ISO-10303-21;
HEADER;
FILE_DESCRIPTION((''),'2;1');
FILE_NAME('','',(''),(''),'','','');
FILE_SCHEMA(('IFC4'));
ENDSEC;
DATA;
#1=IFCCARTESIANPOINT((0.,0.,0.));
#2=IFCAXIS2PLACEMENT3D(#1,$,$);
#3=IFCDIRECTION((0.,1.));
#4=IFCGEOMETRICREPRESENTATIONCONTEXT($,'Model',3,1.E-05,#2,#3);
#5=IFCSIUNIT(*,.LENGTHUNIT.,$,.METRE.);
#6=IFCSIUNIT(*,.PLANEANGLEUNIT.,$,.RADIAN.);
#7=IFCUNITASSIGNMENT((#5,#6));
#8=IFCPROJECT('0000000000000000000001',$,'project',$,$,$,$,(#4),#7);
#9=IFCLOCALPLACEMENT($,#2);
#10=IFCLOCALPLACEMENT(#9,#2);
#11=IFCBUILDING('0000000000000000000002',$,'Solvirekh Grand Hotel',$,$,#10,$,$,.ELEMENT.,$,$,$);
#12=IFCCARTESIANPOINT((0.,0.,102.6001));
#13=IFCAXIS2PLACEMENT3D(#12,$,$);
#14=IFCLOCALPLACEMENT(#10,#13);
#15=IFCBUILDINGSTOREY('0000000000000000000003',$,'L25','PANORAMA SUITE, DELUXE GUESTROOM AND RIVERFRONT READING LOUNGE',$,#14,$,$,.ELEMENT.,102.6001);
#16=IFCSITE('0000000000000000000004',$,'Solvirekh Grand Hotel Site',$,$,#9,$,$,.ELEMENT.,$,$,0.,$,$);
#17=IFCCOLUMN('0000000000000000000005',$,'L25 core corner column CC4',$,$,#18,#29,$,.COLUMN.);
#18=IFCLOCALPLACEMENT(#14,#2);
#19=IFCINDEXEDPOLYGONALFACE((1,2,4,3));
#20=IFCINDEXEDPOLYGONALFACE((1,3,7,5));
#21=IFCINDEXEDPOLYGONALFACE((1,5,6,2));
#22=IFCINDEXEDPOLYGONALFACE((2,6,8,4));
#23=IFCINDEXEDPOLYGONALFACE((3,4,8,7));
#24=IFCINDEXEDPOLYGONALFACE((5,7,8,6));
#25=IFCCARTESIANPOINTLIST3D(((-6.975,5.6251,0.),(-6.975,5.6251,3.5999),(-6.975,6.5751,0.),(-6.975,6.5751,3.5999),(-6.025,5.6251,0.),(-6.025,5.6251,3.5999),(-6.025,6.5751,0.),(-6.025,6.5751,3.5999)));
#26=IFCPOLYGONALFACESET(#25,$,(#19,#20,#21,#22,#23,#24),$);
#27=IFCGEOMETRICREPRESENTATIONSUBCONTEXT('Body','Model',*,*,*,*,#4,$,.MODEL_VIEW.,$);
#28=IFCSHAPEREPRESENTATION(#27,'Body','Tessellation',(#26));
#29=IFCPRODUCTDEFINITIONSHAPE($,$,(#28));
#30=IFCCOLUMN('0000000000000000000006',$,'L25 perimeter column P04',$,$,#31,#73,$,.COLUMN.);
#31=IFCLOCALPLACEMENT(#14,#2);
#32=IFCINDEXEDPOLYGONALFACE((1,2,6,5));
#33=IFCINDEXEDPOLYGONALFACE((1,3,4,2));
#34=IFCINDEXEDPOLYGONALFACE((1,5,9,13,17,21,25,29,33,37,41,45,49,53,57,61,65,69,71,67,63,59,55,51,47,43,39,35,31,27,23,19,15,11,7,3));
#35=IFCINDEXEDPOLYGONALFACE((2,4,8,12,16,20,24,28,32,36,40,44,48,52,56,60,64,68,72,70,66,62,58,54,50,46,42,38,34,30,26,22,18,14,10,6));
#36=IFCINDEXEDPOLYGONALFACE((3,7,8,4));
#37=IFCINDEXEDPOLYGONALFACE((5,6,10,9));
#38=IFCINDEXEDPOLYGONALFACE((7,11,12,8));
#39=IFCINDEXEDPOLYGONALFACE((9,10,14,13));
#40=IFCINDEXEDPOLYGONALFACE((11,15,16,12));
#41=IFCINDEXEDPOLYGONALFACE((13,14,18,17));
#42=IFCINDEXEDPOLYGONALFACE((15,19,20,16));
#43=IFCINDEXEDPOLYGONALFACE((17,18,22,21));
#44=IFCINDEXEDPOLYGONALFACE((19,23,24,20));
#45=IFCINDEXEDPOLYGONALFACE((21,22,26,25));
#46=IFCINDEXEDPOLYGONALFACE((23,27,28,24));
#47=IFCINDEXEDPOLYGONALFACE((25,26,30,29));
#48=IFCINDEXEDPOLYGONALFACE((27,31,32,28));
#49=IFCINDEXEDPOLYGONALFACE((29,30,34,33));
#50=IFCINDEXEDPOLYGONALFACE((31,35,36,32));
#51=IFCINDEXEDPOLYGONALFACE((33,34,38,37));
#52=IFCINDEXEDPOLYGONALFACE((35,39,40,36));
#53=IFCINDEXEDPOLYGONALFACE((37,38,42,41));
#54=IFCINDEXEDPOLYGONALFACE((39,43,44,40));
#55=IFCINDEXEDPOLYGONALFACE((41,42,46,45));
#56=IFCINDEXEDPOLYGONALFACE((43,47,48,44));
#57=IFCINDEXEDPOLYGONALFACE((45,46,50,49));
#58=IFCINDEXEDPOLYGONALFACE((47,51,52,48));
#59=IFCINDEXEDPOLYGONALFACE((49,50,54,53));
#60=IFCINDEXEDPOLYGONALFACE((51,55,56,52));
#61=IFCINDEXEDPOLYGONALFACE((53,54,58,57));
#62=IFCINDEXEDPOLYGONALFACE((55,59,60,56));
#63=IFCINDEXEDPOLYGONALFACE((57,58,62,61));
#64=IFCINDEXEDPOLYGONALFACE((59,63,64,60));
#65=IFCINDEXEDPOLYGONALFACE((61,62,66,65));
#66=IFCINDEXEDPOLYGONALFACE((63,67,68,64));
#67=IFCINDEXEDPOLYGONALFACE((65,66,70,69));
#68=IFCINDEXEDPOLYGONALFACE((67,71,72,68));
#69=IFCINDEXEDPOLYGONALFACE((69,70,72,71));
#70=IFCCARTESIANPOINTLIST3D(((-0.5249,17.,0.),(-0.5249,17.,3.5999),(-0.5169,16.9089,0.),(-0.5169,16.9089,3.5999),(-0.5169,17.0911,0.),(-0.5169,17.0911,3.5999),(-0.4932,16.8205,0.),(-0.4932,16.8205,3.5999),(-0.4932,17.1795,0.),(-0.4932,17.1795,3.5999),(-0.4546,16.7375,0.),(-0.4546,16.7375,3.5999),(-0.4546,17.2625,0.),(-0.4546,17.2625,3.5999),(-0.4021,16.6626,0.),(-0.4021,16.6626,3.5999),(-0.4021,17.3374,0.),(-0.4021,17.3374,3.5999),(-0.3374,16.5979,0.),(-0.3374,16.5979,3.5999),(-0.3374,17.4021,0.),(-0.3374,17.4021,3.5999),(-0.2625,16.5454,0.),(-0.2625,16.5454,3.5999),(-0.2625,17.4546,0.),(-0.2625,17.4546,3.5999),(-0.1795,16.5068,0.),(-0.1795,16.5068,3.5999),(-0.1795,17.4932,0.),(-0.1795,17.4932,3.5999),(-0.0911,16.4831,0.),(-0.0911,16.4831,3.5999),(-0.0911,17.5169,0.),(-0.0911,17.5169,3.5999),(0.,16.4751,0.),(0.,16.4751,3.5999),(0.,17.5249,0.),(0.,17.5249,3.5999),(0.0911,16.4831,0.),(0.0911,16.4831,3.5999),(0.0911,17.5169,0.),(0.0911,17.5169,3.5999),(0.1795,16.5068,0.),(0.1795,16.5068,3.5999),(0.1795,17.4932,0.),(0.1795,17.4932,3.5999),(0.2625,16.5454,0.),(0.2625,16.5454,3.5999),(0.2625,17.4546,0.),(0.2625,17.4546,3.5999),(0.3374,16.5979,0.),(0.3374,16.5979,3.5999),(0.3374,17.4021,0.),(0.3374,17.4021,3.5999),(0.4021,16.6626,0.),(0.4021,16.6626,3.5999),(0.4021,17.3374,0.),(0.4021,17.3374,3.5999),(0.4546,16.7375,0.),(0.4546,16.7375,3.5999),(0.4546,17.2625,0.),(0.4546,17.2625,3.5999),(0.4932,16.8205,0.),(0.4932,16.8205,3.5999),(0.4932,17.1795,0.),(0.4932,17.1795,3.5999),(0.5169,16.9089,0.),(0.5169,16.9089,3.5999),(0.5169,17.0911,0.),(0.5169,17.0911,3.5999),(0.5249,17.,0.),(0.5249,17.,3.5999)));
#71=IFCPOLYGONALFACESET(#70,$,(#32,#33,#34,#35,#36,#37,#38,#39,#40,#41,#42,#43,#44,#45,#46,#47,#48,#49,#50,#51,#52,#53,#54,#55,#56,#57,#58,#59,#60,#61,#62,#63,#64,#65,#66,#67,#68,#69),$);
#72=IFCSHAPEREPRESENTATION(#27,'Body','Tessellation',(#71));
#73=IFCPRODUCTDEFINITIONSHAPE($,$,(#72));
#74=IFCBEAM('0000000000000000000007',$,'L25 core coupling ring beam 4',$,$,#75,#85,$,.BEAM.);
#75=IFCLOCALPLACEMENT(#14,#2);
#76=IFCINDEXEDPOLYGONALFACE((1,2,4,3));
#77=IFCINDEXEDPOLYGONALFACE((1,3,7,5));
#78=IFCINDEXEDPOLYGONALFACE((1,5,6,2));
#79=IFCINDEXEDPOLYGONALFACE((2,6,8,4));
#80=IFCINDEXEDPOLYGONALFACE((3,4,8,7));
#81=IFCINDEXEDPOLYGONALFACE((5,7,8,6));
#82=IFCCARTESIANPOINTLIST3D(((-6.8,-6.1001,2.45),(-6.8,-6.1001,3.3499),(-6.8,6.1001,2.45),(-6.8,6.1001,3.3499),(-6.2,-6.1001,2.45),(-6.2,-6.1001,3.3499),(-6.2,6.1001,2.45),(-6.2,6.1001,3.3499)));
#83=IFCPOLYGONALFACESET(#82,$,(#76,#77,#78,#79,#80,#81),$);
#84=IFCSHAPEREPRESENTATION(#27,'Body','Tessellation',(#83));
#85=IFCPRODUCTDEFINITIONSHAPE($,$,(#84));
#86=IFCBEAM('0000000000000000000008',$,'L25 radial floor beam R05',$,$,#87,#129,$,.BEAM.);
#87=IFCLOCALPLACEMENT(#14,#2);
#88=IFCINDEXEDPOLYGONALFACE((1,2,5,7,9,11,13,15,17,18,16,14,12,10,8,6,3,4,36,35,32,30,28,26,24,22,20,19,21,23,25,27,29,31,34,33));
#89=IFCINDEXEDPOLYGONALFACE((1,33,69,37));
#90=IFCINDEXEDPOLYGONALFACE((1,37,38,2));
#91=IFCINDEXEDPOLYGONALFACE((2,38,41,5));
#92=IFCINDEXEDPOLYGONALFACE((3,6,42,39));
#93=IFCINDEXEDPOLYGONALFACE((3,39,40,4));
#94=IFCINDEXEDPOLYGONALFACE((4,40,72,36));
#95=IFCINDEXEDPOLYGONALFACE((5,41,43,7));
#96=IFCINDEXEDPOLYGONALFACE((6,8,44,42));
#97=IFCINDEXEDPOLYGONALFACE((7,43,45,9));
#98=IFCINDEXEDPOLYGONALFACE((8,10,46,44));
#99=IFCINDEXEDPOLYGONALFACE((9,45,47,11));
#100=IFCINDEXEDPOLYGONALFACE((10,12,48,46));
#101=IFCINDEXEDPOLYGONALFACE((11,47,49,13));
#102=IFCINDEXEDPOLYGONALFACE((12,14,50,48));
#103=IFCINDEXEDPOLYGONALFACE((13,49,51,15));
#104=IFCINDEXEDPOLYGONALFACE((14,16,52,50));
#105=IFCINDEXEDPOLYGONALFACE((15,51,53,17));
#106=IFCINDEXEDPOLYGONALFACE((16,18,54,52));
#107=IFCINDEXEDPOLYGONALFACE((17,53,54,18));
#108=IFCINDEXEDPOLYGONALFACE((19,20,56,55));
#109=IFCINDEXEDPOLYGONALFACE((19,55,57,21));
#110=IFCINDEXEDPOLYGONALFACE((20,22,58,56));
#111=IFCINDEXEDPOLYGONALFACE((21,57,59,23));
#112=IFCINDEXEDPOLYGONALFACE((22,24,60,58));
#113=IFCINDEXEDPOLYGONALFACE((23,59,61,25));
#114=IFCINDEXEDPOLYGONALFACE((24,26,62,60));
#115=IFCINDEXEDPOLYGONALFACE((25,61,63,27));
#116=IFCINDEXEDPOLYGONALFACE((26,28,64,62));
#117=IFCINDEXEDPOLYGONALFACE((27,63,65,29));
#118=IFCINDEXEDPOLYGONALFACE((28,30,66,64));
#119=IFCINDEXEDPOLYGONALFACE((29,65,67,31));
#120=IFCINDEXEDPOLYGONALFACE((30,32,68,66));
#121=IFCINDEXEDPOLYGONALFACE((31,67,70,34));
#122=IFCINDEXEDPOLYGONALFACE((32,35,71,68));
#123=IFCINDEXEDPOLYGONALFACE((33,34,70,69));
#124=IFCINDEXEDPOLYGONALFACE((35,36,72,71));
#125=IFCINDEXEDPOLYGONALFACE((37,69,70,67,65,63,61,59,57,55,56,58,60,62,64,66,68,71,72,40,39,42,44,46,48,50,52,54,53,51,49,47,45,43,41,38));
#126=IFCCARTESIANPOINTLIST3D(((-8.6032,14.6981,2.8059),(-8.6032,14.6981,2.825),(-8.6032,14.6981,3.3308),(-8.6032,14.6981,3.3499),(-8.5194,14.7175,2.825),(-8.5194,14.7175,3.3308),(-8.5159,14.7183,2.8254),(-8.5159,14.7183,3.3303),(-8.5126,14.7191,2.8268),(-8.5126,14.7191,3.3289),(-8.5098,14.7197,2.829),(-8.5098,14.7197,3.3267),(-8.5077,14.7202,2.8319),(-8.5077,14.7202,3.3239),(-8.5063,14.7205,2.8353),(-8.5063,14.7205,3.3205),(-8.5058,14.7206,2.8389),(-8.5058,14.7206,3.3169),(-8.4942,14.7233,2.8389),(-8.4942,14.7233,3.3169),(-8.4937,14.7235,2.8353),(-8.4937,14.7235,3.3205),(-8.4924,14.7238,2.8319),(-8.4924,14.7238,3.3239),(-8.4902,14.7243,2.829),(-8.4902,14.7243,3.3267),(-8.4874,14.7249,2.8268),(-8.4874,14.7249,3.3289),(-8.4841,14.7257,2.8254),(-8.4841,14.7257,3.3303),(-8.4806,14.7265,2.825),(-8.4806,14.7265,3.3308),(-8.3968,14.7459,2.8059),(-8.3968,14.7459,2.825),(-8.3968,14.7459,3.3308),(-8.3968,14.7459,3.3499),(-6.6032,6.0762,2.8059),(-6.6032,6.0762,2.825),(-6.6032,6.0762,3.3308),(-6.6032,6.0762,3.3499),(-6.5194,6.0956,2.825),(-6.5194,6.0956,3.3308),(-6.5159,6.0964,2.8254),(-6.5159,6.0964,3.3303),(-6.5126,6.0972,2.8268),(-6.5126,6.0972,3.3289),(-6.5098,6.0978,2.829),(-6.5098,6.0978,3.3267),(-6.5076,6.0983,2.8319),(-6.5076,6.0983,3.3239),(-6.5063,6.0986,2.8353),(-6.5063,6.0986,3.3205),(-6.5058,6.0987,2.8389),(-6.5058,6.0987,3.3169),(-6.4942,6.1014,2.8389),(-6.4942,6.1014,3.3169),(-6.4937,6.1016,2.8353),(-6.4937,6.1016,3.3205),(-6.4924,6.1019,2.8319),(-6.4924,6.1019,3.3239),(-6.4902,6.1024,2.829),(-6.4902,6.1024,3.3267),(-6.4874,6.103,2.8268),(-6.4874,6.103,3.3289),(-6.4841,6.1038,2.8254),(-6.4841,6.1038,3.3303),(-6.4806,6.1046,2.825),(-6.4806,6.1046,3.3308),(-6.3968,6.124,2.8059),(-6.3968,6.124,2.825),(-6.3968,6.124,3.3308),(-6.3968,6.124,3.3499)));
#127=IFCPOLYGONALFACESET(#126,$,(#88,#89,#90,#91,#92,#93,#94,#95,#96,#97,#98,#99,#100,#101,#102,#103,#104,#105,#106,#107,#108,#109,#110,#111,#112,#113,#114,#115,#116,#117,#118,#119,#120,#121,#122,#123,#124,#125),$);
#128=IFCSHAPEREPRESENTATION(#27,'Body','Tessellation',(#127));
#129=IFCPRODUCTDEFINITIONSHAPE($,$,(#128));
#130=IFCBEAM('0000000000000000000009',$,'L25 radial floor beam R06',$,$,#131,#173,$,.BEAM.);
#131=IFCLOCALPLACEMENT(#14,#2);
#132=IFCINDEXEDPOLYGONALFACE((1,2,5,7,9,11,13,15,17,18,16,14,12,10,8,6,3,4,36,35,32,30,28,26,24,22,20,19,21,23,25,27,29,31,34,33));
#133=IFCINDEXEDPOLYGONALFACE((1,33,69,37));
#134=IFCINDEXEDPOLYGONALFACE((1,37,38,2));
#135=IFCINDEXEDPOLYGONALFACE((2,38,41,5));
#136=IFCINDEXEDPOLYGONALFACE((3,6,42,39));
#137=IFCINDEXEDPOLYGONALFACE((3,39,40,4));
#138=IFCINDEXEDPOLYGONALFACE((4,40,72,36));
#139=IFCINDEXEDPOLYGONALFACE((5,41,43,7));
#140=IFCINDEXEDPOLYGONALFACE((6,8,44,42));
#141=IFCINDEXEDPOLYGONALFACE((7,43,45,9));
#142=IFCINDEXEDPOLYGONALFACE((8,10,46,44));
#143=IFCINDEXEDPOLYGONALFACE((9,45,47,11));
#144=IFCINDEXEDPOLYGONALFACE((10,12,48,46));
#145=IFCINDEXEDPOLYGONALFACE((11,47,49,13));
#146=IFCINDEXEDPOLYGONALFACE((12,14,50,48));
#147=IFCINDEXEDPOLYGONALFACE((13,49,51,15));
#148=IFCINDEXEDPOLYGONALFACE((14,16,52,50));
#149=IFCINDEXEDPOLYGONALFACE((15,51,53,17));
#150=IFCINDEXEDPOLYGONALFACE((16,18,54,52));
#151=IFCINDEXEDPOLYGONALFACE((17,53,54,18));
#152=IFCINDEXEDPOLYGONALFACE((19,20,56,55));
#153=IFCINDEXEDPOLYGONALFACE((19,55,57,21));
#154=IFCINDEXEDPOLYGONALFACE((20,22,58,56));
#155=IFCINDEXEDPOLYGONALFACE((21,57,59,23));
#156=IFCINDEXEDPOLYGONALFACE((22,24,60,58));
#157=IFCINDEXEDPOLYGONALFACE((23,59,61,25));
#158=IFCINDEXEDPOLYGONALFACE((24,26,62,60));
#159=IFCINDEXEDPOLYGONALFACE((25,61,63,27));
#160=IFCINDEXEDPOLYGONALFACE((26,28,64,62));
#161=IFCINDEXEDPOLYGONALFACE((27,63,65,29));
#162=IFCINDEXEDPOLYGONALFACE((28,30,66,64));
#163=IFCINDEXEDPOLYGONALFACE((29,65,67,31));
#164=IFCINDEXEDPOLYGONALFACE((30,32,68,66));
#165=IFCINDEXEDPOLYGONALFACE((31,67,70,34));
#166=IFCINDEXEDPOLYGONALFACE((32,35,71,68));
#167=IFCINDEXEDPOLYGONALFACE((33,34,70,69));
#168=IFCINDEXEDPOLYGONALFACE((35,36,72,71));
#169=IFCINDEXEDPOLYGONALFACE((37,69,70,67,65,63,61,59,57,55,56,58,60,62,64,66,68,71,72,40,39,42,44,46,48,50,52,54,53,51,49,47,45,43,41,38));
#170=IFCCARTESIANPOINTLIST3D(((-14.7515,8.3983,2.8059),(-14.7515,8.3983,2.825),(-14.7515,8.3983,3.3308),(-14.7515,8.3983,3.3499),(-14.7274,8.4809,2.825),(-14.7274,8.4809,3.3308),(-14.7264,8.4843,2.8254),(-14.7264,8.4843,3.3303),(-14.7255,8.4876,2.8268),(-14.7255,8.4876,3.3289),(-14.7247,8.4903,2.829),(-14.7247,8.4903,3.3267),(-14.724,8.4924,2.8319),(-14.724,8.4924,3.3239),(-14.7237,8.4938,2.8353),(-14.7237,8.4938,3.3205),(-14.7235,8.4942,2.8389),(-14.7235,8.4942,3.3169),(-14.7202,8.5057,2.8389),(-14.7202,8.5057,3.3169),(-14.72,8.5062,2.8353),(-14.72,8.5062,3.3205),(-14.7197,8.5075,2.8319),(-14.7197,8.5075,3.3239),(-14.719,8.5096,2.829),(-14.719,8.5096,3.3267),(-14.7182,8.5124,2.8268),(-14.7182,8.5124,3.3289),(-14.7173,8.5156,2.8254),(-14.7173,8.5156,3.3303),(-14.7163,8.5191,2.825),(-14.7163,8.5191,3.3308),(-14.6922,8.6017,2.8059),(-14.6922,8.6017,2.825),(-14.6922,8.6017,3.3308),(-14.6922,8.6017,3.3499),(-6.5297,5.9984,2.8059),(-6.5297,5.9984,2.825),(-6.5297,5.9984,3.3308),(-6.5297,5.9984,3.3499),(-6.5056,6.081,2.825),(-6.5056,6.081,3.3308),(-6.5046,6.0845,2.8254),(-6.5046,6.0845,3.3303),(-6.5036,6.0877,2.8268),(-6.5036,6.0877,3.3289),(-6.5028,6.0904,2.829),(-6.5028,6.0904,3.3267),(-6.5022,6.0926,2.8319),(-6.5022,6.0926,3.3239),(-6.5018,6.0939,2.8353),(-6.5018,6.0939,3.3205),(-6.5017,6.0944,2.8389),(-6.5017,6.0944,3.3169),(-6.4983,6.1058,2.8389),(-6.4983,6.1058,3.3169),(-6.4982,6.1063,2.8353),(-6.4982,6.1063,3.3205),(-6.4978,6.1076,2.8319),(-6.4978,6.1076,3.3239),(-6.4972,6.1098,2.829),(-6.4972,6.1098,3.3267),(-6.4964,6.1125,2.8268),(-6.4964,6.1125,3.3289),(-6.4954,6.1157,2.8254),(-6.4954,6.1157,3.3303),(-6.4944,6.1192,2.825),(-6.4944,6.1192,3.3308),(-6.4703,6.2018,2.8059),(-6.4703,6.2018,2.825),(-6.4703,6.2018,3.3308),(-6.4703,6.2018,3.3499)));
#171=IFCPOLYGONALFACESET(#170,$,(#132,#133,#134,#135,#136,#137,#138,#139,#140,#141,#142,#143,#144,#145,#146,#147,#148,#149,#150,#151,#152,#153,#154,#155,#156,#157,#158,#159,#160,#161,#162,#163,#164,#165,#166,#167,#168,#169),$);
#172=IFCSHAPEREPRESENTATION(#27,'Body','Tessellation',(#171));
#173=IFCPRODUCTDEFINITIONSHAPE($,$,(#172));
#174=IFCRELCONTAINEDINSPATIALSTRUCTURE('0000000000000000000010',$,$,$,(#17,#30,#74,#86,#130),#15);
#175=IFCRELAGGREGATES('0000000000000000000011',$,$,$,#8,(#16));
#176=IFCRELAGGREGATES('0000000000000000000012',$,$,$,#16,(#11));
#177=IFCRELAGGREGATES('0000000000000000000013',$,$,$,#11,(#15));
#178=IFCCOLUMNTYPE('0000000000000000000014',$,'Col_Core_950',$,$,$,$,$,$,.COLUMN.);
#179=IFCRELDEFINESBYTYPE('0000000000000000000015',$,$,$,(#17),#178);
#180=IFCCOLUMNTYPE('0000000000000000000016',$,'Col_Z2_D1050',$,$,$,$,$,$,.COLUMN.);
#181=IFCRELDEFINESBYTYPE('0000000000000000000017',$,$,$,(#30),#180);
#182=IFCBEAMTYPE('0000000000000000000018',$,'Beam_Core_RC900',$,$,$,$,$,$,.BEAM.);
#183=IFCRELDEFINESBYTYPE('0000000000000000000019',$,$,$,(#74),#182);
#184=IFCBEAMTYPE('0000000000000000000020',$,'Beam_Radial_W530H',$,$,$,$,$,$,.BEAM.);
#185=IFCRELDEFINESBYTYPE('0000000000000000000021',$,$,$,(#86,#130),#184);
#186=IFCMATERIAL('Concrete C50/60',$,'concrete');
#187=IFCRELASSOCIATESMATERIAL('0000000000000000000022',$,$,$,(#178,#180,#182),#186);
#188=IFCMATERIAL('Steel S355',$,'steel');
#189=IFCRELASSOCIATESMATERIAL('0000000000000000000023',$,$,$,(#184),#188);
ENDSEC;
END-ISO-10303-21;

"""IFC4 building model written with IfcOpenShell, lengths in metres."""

from ifc_helpers import new_model, si_unit, direction, frame, origin, origin_2d, place, context, subcontext, project, spatial, rectangle, circle, i_section, extrude, material, material_profile, profile_set, type_object, element, save


model = new_model("IFC4")

# Units and contexts
model_context = context("Model", 3, precision=1e-05, world=origin(), true_north=direction((0.0, 1.0)))
body_context = subcontext(model_context, "Body", "Model", "MODEL_VIEW")
ifc_project = project(units=[si_unit("LENGTHUNIT", "METRE"), si_unit("PLANEANGLEUNIT", "RADIAN")], contexts=[model_context])

# Site, building, storey
site_placement = place(None, origin())
site = spatial("IfcSite", under=ifc_project, at=site_placement, Name="Solvirekh Grand Hotel Site", CompositionType="ELEMENT", RefElevation=0.0)
building_placement = place(site_placement, origin())
building = spatial("IfcBuilding", under=site, at=building_placement, Name="Solvirekh Grand Hotel", CompositionType="ELEMENT")
storey_placement = place(building_placement, frame((0.0, 0.0, 102.6001)))
storey = spatial("IfcBuildingStorey", under=building, at=storey_placement, Name="L25", Description="PANORAMA SUITE, DELUXE GUESTROOM AND RIVERFRONT READING LOUNGE", CompositionType="ELEMENT", Elevation=102.6001)

# Columns
ifc_material_1 = material(Name="Concrete C50/60", Category="concrete")
ifc_material_profile_1 = material_profile(ifc_material_1, rectangle(XDim=0.95, YDim=0.95, at=origin_2d()), Name="RC 950X950")
ifc_profile_set_1 = profile_set([ifc_material_profile_1], Name="Concrete C50/60")
column_type_1 = type_object("IfcColumnType", Name="Col_Core_950", PredefinedType="COLUMN", material=ifc_profile_set_1)
column_1_placement = place(storey_placement, frame((-6.5, 6.1001, 0.0), z_axis=(0.0, 0.0, 1.0), x_axis=(1.0, 0.0, 0.0)))
element("IfcColumn", 1, at=column_1_placement, inside=storey, type_object=column_type_1, Name="L25 core corner column CC4", PredefinedType="COLUMN", context=body_context, shape_type="SweptSolid", body=[
    extrude(rectangle(XDim=0.95, YDim=0.95, at=origin_2d()), origin(), (0.0, 0.0, 1.0), 3.5999),
])
ifc_material_profile_2 = material_profile(ifc_material_1, circle(Radius=0.5249, at=origin_2d()), Name="RC CIRC D1050")
ifc_profile_set_2 = profile_set([ifc_material_profile_2], Name="Concrete C50/60")
column_type_2 = type_object("IfcColumnType", Name="Col_Z2_D1050", PredefinedType="COLUMN", material=ifc_profile_set_2)
column_2_placement = place(storey_placement, frame((0.0, 17.0, 0.0), z_axis=(0.0, 0.0, 1.0), x_axis=(1.0, 0.0, 0.0)))
element("IfcColumn", 2, at=column_2_placement, inside=storey, type_object=column_type_2, Name="L25 perimeter column P04", PredefinedType="COLUMN", context=body_context, shape_type="SweptSolid", body=[
    extrude(circle(Radius=0.5249, at=origin_2d()), origin(), (0.0, 0.0, 1.0), 3.5999),
])

# Beams
ifc_material_profile_3 = material_profile(ifc_material_1, rectangle(XDim=0.6001, YDim=0.8999, at=origin_2d()), Name="RC BEAM 600X900")
ifc_profile_set_3 = profile_set([ifc_material_profile_3], Name="Concrete C50/60")
beam_type_1 = type_object("IfcBeamType", Name="Beam_Core_RC900", PredefinedType="BEAM", material=ifc_profile_set_3)
beam_1_placement = place(storey_placement, frame((-6.5, 6.1001, 2.8999), z_axis=(0.0, -1.0, 0.0), x_axis=(1.0, 0.0, 0.0)))
element("IfcBeam", 3, at=beam_1_placement, inside=storey, type_object=beam_type_1, Name="L25 core coupling ring beam 4", PredefinedType="BEAM", context=body_context, shape_type="SweptSolid", body=[
    extrude(rectangle(XDim=0.6001, YDim=0.8999, at=origin_2d()), origin(), (0.0, 0.0, 1.0), 12.2002),
])
ifc_material_2 = material(Name="Steel S355", Category="steel")
ifc_material_profile_4 = material_profile(ifc_material_2, i_section(OverallWidth=0.2119, OverallDepth=0.5439, WebThickness=0.012, FlangeThickness=0.019, FilletRadius=0.0139, at=origin_2d()), Name="W530X123")
ifc_profile_set_4 = profile_set([ifc_material_profile_4], Name="Steel S355")
beam_type_2 = type_object("IfcBeamType", Name="Beam_Radial_W530H", PredefinedType="BEAM", material=ifc_profile_set_4)
beam_2_placement = place(storey_placement, frame((-6.5, 6.1001, 3.0779), z_axis=(-0.225969, 0.974134, 0.0), x_axis=(-0.974134, -0.225969, 0.0)))
element("IfcBeam", 4, at=beam_2_placement, inside=storey, type_object=beam_type_2, Name="L25 radial floor beam R05", PredefinedType="BEAM", context=body_context, shape_type="SweptSolid", body=[
    extrude(i_section(OverallWidth=0.2119, OverallDepth=0.5439, WebThickness=0.012, FlangeThickness=0.019, FilletRadius=0.0139, at=origin_2d()), origin(), (0.0, 0.0, 1.0), 8.8508),
])
beam_3_placement = place(storey_placement, frame((-6.5, 6.1001, 3.0779), z_axis=(-0.959942, 0.280198, 0.0), x_axis=(-0.280198, -0.959942, 0.0)))
element("IfcBeam", 5, at=beam_3_placement, inside=storey, type_object=beam_type_2, Name="L25 radial floor beam R06", PredefinedType="BEAM", context=body_context, shape_type="SweptSolid", body=[
    extrude(i_section(OverallWidth=0.2119, OverallDepth=0.5439, WebThickness=0.012, FlangeThickness=0.019, FilletRadius=0.0139, at=origin_2d()), origin(), (0.0, 0.0, 1.0), 8.5649),
])

save(model, "model.ifc")
